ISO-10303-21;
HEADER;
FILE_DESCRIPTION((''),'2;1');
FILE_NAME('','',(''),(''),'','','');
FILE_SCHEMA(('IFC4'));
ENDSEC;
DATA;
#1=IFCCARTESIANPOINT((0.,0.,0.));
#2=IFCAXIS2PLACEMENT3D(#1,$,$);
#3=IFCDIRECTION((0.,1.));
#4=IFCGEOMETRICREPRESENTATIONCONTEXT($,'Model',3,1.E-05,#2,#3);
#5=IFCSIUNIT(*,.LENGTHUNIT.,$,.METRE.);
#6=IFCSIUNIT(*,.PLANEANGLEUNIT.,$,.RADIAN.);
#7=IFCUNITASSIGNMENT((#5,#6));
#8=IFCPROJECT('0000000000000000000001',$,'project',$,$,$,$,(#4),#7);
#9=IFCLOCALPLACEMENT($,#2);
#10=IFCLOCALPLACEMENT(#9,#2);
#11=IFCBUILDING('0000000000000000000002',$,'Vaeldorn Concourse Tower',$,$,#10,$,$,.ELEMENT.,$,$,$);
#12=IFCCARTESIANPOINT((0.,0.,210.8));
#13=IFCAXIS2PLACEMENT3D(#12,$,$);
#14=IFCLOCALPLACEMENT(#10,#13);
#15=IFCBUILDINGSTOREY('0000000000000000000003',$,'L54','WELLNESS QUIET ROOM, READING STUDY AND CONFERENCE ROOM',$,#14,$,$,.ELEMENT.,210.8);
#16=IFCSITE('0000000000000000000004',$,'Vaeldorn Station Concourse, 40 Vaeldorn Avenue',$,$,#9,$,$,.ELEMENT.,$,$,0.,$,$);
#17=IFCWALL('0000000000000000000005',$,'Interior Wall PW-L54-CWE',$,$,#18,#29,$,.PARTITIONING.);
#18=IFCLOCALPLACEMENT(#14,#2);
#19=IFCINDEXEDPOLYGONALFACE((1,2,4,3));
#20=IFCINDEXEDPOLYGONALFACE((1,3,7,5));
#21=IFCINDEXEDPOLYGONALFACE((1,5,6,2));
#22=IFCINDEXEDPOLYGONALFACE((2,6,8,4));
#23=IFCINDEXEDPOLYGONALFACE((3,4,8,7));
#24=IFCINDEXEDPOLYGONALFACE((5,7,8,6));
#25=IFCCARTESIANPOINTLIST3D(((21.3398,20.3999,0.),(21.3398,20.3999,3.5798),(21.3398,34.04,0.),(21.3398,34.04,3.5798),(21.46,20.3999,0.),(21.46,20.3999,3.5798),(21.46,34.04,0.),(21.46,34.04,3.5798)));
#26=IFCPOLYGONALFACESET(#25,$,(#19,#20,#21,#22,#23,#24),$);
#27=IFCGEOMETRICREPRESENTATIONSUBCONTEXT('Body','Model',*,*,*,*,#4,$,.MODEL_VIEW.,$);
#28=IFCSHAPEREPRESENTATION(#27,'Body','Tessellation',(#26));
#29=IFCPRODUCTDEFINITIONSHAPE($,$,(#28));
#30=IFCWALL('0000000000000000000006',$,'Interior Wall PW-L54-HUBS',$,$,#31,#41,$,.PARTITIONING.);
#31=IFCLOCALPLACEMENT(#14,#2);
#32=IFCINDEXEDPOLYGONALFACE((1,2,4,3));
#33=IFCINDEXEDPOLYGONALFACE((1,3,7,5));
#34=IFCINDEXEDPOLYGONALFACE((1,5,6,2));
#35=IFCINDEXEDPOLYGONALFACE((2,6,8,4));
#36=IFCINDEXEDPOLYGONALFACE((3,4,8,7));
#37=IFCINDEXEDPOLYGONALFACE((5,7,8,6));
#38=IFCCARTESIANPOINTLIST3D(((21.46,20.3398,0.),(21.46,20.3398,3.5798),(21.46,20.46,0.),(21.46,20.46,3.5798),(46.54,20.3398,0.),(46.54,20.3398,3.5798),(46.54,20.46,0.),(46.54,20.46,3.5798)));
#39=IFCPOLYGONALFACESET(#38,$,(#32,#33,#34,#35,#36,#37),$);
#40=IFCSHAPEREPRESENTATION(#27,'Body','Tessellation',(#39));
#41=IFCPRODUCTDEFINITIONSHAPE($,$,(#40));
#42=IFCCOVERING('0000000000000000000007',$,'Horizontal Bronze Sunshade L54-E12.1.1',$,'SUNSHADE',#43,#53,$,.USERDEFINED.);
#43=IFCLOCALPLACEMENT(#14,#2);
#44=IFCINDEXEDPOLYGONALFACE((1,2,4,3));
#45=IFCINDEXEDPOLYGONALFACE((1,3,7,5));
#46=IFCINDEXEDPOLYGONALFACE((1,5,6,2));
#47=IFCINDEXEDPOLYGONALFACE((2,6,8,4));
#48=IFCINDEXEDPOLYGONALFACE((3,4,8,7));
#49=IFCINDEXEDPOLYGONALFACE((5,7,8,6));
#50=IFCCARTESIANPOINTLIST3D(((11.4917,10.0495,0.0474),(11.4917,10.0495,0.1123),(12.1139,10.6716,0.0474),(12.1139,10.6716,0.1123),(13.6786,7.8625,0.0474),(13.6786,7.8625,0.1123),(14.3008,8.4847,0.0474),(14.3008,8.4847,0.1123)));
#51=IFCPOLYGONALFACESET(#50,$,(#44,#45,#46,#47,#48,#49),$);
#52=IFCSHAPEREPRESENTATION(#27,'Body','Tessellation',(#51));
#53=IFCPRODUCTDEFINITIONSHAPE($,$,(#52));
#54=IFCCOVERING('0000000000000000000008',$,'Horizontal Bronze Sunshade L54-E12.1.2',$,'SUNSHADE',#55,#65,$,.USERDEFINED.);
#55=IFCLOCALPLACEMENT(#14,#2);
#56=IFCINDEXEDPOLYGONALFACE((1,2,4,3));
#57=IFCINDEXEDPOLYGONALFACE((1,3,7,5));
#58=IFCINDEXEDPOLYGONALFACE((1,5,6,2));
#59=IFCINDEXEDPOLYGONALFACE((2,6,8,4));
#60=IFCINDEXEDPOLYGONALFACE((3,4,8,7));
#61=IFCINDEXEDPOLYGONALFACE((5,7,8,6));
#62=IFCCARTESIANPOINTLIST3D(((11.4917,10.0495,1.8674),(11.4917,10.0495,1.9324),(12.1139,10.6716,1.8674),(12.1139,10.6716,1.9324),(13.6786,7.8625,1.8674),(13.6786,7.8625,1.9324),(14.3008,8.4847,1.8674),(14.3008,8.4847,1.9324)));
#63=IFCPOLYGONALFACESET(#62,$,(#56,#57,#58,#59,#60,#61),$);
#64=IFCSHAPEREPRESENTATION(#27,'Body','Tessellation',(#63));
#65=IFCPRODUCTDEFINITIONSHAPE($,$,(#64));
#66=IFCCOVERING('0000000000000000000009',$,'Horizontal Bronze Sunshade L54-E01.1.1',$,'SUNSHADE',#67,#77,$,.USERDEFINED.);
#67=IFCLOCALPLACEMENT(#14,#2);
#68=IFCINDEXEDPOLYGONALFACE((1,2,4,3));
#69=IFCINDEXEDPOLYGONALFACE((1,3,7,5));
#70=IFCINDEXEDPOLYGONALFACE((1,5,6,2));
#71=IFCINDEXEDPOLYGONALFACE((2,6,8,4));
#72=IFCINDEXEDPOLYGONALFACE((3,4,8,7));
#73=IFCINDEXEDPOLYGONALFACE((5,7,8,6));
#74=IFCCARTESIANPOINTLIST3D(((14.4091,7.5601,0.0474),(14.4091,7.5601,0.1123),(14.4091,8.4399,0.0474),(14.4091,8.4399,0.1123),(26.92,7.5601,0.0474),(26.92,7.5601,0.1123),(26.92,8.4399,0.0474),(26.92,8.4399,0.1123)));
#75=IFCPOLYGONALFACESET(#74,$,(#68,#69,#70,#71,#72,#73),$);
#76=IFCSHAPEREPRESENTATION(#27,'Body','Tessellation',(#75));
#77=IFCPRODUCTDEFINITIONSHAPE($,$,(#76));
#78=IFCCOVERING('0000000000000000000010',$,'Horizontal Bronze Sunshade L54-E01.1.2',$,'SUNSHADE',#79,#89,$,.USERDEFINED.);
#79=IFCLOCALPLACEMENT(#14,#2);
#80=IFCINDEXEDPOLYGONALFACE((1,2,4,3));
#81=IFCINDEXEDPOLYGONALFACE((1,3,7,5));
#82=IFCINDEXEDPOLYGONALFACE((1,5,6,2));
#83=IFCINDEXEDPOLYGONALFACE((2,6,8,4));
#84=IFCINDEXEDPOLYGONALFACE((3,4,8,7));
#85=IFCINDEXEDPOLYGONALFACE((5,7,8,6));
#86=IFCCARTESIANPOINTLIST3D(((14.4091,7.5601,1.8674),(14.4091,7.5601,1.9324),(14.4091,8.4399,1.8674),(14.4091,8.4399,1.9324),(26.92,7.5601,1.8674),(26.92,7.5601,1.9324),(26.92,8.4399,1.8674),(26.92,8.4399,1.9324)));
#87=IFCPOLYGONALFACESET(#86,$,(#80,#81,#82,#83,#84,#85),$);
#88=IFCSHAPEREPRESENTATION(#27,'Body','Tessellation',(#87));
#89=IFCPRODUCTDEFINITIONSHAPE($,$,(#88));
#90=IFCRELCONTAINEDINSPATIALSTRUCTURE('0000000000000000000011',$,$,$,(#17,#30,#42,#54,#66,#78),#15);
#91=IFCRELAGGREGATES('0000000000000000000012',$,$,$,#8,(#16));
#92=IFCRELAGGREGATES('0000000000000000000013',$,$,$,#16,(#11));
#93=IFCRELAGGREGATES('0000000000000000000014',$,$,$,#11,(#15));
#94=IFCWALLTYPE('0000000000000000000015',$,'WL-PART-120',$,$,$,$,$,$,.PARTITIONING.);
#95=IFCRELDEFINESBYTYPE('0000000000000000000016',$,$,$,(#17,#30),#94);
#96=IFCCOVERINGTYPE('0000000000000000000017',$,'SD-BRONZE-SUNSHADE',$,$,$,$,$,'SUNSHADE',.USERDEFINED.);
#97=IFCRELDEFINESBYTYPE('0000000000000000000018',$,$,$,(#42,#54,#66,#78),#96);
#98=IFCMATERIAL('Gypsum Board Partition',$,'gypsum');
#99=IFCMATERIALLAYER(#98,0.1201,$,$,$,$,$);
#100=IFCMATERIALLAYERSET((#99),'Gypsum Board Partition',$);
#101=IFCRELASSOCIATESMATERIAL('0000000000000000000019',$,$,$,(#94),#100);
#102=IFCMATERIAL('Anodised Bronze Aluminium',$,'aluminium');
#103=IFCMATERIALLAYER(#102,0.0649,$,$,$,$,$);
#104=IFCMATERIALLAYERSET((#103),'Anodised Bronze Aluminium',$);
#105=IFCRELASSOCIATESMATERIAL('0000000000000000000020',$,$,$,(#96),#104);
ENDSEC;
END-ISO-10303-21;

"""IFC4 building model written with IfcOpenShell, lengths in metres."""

from ifc_helpers import new_model, si_unit, direction, frame, frame_2d, origin, origin_2d, place, context, subcontext, project, spatial, rectangle, extrude, source, transform, mapped, material, layer, layer_set, type_object, element, save


model = new_model("IFC4")

# Units and contexts
model_context = context("Model", 3, precision=1e-05, world=origin(), true_north=direction((0.0, 1.0)))
body_context = subcontext(model_context, "Body", "Model", "MODEL_VIEW")
ifc_project = project(units=[si_unit("LENGTHUNIT", "METRE"), si_unit("PLANEANGLEUNIT", "RADIAN")], contexts=[model_context])

# Site, building, storey
site_placement = place(None, origin())
site = spatial("IfcSite", under=ifc_project, at=site_placement, Name="Vaeldorn Station Concourse, 40 Vaeldorn Avenue", CompositionType="ELEMENT", RefElevation=0.0)
building_placement = place(site_placement, origin())
building = spatial("IfcBuilding", under=site, at=building_placement, Name="Vaeldorn Concourse Tower", CompositionType="ELEMENT")
storey_placement = place(building_placement, frame((0.0, 0.0, 210.8)))
storey = spatial("IfcBuildingStorey", under=building, at=storey_placement, Name="L54", Description="WELLNESS QUIET ROOM, READING STUDY AND CONFERENCE ROOM", CompositionType="ELEMENT", Elevation=210.8)

# Shared definitions
ifc_material_1 = material(Name="Anodised Bronze Aluminium", Category="aluminium")

# Shared definitions
ifc_material_2 = material(Name="Gypsum Board Partition", Category="gypsum")
ifc_layer_1 = layer(ifc_material_2, 0.1201)
ifc_layer_set_1 = layer_set([ifc_layer_1], Name="Gypsum Board Partition")
wall_type = type_object("IfcWallType", Name="WL-PART-120", PredefinedType="PARTITIONING", material=ifc_layer_set_1)

# Wall
wall_1_placement = place(storey_placement, frame((21.3999, 20.3999, 0.0), z_axis=(0.0, 0.0, 1.0), x_axis=(0.0, 1.0, 0.0)))
element("IfcWall", 1, at=wall_1_placement, inside=storey, type_object=wall_type, Name="Interior Wall PW-L54-CWE", PredefinedType="PARTITIONING", context=body_context, shape_type="SweptSolid", body=[
    extrude(rectangle(XDim=13.6401, YDim=0.1201, at=frame_2d((6.8201, 0.0))), origin(), (0.0, 0.0, 1.0), 3.5798),
])

# Wall
wall_2_placement = place(storey_placement, frame((21.46, 20.3999, 0.0), z_axis=(0.0, 0.0, 1.0), x_axis=(1.0, 0.0, 0.0)))
element("IfcWall", 2, at=wall_2_placement, inside=storey, type_object=wall_type, Name="Interior Wall PW-L54-HUBS", PredefinedType="PARTITIONING", context=body_context, shape_type="SweptSolid", body=[
    extrude(rectangle(XDim=25.0801, YDim=0.1201, at=frame_2d((12.54, 0.0))), origin(), (0.0, 0.0, 1.0), 3.5798),
])

# Coverings
ifc_layer_2 = layer(ifc_material_1, 0.0649)
ifc_layer_set_2 = layer_set([ifc_layer_2], Name="Anodised Bronze Aluminium")
covering_type = type_object("IfcCoveringType", Name="SD-BRONZE-SUNSHADE", ElementType="SUNSHADE", PredefinedType="USERDEFINED", material=ifc_layer_set_2)
shared_shape_1 = source(origin(), body_context, "Body", "SweptSolid", [
    extrude(rectangle(XDim=3.0928, YDim=0.8799, at=origin_2d()), origin(), (0.0, 0.0, 1.0), 0.0649),
])
for number, where, z_axis, x_axis, name in (
    (3, (12.8962, 9.2671, 0.0474), (0.0, 0.0, 1.0), (0.707107, -0.707107, 0.0), "Horizontal Bronze Sunshade L54-E12.1.1"),
    (4, (12.8962, 9.2671, 1.8674), (0.0, 0.0, 1.0), (0.707107, -0.707107, 0.0), "Horizontal Bronze Sunshade L54-E12.1.2"),
):
    element("IfcCovering", number, at=place(storey_placement, frame(where, z_axis=z_axis, x_axis=x_axis)), inside=storey, type_object=covering_type, Name=name, ObjectType="SUNSHADE", PredefinedType="USERDEFINED", context=body_context, shape_type="MappedRepresentation", body=[
        mapped(shared_shape_1, transform((0.0, 0.0, 0.0), scale=1.0)),
    ])
shared_shape_2 = source(origin(), body_context, "Body", "SweptSolid", [
    extrude(rectangle(XDim=12.511, YDim=0.8799, at=origin_2d()), origin(), (0.0, 0.0, 1.0), 0.0649),
])
for number, where, z_axis, x_axis, name in (
    (5, (20.6646, 8.0, 0.0474), (0.0, 0.0, 1.0), (1.0, 0.0, 0.0), "Horizontal Bronze Sunshade L54-E01.1.1"),
    (6, (20.6646, 8.0, 1.8674), (0.0, 0.0, 1.0), (1.0, 0.0, 0.0), "Horizontal Bronze Sunshade L54-E01.1.2"),
):
    element("IfcCovering", number, at=place(storey_placement, frame(where, z_axis=z_axis, x_axis=x_axis)), inside=storey, type_object=covering_type, Name=name, ObjectType="SUNSHADE", PredefinedType="USERDEFINED", context=body_context, shape_type="MappedRepresentation", body=[
        mapped(shared_shape_2, transform((0.0, 0.0, 0.0), scale=1.0)),
    ])

save(model, "model.ifc")
